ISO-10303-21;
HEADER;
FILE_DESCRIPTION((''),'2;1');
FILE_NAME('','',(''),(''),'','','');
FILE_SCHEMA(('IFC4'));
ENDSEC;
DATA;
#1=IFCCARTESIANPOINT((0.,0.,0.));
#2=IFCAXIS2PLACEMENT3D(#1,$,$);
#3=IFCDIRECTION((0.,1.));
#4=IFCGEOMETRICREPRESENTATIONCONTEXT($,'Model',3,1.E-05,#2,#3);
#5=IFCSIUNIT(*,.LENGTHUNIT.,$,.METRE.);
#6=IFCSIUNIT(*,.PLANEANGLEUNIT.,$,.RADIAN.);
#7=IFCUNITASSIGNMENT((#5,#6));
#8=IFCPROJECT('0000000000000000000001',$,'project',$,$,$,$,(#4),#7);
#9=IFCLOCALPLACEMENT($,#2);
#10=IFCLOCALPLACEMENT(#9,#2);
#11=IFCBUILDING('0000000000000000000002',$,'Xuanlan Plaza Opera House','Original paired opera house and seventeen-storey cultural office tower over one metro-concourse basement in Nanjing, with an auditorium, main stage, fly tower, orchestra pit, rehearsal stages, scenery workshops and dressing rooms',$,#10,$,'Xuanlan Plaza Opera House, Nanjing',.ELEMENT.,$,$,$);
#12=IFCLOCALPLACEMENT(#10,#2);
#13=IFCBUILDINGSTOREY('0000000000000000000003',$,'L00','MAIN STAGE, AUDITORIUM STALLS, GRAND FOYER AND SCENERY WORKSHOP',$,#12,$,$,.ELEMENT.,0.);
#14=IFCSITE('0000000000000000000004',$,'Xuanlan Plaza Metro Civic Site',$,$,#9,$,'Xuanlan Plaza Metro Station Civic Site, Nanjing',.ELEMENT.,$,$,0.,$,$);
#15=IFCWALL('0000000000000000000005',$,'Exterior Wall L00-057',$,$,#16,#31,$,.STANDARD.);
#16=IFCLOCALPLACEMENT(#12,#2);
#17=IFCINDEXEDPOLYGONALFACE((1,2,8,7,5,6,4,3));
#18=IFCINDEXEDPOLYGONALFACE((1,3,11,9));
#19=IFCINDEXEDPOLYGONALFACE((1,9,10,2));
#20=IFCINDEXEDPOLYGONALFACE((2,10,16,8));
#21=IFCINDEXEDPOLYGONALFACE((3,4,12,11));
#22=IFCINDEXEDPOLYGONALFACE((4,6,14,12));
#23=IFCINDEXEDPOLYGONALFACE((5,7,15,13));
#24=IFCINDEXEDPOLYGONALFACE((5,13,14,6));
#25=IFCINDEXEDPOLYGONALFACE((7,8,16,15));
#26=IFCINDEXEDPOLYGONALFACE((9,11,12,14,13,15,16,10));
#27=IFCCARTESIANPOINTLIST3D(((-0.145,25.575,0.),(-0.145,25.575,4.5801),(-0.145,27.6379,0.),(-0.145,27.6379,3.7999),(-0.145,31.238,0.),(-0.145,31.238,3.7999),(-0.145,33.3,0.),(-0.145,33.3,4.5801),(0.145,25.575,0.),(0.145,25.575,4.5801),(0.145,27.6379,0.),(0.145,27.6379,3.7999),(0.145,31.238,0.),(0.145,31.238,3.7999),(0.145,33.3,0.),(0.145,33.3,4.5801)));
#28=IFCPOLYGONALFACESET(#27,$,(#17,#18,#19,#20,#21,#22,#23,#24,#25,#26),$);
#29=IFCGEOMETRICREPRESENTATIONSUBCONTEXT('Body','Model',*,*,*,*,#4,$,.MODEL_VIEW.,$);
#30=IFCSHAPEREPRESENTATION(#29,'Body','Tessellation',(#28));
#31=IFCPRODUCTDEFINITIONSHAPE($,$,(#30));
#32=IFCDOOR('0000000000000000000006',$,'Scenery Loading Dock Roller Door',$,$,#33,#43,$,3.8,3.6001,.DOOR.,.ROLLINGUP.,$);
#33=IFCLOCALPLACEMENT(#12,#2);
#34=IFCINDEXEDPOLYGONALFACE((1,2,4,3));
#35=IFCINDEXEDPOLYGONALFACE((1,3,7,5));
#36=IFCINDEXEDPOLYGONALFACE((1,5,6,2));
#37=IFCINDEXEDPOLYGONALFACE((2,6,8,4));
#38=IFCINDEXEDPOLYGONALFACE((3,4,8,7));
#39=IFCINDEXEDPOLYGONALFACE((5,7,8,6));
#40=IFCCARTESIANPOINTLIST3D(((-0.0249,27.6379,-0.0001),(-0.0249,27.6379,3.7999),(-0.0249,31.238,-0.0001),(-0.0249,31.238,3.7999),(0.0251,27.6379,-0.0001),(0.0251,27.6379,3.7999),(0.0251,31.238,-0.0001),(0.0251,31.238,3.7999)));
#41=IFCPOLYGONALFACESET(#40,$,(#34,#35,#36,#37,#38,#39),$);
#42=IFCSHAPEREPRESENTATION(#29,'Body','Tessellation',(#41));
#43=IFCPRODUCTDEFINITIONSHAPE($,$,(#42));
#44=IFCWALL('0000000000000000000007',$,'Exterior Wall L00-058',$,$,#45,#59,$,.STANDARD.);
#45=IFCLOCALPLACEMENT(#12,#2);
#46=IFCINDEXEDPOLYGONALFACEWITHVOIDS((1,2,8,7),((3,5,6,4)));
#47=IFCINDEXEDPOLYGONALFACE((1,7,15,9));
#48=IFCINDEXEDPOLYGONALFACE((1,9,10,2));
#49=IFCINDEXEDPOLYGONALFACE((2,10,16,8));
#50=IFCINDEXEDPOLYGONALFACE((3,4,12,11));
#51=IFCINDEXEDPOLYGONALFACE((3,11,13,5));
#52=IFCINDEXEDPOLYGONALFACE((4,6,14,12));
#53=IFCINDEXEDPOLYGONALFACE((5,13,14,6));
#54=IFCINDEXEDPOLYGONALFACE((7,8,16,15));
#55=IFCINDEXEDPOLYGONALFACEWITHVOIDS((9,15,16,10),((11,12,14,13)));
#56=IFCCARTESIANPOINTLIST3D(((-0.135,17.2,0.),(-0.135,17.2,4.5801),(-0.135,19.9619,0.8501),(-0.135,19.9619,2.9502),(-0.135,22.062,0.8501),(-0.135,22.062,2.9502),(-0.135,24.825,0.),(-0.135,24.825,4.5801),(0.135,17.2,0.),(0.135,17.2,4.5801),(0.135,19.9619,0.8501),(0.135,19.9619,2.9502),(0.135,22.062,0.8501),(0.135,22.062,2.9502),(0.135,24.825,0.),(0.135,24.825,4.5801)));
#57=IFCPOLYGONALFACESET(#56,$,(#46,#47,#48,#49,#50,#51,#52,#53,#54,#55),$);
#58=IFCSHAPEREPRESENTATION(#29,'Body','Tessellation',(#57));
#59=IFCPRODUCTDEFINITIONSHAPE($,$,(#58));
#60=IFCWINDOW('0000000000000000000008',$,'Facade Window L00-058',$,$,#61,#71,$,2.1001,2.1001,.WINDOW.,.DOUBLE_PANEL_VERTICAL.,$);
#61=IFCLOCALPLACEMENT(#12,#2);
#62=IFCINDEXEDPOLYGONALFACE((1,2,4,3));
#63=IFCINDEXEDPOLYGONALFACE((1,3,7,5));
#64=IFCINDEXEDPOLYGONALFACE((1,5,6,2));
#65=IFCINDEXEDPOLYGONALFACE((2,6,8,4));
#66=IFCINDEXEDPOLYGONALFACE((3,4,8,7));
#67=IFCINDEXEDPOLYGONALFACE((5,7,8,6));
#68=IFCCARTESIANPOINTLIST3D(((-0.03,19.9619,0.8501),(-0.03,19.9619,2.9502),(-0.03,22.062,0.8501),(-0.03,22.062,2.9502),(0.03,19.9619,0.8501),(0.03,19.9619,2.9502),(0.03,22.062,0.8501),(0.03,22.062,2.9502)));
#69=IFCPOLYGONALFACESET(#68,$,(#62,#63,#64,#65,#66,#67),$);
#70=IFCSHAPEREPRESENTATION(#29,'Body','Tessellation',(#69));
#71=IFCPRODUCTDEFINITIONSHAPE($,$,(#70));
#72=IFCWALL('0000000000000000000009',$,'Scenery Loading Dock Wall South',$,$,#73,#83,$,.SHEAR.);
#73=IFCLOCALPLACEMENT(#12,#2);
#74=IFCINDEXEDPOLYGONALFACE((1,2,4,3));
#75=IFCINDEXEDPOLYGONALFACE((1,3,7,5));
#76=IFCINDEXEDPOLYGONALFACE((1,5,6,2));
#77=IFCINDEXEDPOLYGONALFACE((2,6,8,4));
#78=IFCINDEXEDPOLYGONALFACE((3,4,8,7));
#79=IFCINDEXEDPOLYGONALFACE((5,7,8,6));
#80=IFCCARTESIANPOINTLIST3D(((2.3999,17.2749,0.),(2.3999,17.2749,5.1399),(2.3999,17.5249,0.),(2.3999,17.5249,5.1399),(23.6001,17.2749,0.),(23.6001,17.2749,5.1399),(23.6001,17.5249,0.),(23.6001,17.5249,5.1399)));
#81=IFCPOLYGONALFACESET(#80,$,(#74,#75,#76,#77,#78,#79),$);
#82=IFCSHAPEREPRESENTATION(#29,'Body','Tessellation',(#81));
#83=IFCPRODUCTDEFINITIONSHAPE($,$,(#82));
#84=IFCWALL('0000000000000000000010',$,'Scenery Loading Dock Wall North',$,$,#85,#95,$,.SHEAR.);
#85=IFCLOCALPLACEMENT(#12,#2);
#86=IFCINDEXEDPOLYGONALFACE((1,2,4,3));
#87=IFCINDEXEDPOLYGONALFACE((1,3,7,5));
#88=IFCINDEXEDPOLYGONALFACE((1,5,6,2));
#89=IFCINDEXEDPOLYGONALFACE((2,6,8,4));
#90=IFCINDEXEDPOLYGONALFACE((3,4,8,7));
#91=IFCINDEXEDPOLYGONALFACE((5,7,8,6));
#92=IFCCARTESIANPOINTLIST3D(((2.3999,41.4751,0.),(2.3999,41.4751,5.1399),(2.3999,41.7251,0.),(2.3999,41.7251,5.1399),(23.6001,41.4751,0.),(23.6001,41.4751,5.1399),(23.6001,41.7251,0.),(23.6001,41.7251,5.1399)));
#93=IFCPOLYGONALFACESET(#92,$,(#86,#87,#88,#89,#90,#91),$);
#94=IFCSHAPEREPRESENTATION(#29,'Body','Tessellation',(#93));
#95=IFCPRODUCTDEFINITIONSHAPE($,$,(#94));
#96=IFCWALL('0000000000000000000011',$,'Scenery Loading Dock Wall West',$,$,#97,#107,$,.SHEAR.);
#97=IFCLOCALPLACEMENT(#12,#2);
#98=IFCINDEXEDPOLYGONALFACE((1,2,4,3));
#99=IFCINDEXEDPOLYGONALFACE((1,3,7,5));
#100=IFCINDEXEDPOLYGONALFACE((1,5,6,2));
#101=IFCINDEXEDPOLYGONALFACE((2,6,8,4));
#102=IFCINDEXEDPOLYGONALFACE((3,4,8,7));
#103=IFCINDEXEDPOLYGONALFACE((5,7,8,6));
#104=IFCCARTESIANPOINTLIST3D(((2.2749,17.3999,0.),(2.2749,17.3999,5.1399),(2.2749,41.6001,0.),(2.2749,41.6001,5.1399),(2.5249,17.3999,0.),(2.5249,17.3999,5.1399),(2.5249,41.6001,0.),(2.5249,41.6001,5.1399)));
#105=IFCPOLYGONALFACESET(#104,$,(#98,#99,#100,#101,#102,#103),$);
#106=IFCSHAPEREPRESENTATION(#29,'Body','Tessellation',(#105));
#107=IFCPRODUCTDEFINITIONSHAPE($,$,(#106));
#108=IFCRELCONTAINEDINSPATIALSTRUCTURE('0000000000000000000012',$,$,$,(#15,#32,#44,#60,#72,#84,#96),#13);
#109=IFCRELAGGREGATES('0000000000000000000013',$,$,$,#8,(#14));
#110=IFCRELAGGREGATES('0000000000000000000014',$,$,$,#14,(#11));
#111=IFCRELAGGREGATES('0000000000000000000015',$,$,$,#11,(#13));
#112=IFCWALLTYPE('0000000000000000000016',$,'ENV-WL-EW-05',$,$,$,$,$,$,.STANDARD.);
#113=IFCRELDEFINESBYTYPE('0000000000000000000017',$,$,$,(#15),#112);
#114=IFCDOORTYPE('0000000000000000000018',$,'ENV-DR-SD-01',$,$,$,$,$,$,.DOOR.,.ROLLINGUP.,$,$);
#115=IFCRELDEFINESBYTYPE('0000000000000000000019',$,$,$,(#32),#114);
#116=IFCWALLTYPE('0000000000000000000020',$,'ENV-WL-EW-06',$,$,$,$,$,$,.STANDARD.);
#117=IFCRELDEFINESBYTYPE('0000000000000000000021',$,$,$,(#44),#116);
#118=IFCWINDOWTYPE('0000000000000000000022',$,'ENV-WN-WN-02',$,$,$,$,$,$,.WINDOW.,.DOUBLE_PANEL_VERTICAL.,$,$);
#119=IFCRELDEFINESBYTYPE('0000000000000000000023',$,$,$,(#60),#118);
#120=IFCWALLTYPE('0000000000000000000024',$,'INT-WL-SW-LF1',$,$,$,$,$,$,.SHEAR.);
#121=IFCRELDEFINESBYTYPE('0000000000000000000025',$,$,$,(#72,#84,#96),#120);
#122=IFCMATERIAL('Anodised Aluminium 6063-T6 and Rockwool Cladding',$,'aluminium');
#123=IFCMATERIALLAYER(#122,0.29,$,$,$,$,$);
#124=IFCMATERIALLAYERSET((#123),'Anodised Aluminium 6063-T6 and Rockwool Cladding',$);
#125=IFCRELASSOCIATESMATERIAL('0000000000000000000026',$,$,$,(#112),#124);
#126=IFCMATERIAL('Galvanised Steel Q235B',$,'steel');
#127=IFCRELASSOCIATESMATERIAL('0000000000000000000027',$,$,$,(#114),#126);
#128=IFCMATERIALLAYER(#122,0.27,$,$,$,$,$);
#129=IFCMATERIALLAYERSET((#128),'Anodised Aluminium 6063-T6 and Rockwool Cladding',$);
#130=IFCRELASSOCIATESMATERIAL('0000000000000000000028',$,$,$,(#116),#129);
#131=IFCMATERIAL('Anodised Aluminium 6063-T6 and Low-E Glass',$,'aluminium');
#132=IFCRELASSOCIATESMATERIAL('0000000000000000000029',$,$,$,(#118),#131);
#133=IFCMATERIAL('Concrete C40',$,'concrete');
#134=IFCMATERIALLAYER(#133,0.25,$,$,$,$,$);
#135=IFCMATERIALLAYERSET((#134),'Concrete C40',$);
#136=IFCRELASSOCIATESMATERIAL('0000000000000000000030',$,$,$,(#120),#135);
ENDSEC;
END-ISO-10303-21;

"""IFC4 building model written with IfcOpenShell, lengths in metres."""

from ifc_helpers import new_model, si_unit, direction, frame, frame_2d, origin, place, context, subcontext, project, spatial, rectangle, extrude, material, layer, layer_set, type_object, element, fill, save


model = new_model("IFC4")

# Units and contexts
model_context = context("Model", 3, precision=1e-05, world=origin(), true_north=direction((0.0, 1.0)))
body_context = subcontext(model_context, "Body", "Model", "MODEL_VIEW")
ifc_project = project(units=[si_unit("LENGTHUNIT", "METRE"), si_unit("PLANEANGLEUNIT", "RADIAN")], contexts=[model_context])

# Site, building, storey
site_placement = place(None, origin())
site = spatial("IfcSite", under=ifc_project, at=site_placement, Name="Xuanlan Plaza Metro Civic Site", LongName="Xuanlan Plaza Metro Station Civic Site, Nanjing", CompositionType="ELEMENT", RefElevation=0.0)
building_placement = place(site_placement, origin())
building = spatial("IfcBuilding", under=site, at=building_placement, Name="Xuanlan Plaza Opera House", Description="Original paired opera house and seventeen-storey cultural office tower over one metro-concourse basement in Nanjing, with an auditorium, main stage, fly tower, orchestra pit, rehearsal stages, scenery workshops and dressing rooms", LongName="Xuanlan Plaza Opera House, Nanjing", CompositionType="ELEMENT")
storey_placement = place(building_placement, origin())
storey = spatial("IfcBuildingStorey", under=building, at=storey_placement, Name="L00", Description="MAIN STAGE, AUDITORIUM STALLS, GRAND FOYER AND SCENERY WORKSHOP", CompositionType="ELEMENT", Elevation=0.0)

# Shared definitions
ifc_material_1 = material(Name="Concrete C40", Category="concrete")

# Shared definitions
ifc_material_2 = material(Name="Anodised Aluminium 6063-T6 and Low-E Glass", Category="aluminium")

# Shared definitions
ifc_material_3 = material(Name="Anodised Aluminium 6063-T6 and Rockwool Cladding", Category="aluminium")

# Wall, opening, door
ifc_layer_1 = layer(ifc_material_3, 0.29)
ifc_layer_set_1 = layer_set([ifc_layer_1], Name="Anodised Aluminium 6063-T6 and Rockwool Cladding")
wall_type_1 = type_object("IfcWallType", Name="ENV-WL-EW-05", PredefinedType="STANDARD", material=ifc_layer_set_1)
wall_1_placement = place(storey_placement, frame((0.0, 33.3, 0.0), z_axis=(0.0, 0.0, 1.0), x_axis=(0.0, -1.0, 0.0)))
wall_1 = element("IfcWall", 1, at=wall_1_placement, inside=storey, type_object=wall_type_1, Name="Exterior Wall L00-057", PredefinedType="STANDARD", context=body_context, shape_type="SweptSolid", body=[
    extrude(rectangle(XDim=7.7251, YDim=0.29, at=frame_2d((3.8625, 0.0))), origin(), (0.0, 0.0, 1.0), 4.5801),
])
opening_1_placement = place(wall_1_placement, frame((2.062, 0.0, 0.0)))
opening_1 = element("IfcOpeningElement", 2, at=opening_1_placement, cuts=wall_1, PredefinedType="OPENING", context=body_context, shape_type="SweptSolid", body=[
    extrude(rectangle(XDim=3.6001, YDim=3.8, at=frame_2d((1.8, 1.8999))), frame((0.0, 0.155, 0.0), z_axis=(0.0, -1.0, 0.0), x_axis=(1.0, 0.0, 0.0)), (0.0, 0.0, 1.0), 0.3101),
])
ifc_material_4 = material(Name="Galvanised Steel Q235B", Category="steel")
door_type = type_object("IfcDoorType", Name="ENV-DR-SD-01", OperationType="ROLLINGUP", PredefinedType="DOOR", material=ifc_material_4)
door_placement = place(opening_1_placement, frame((3.6001, 0.0, 0.0), z_axis=(0.0, 0.0, 1.0), x_axis=(-1.0, 0.0, 0.0)))
door = element("IfcDoor", 3, at=door_placement, inside=storey, type_object=door_type, Name="Scenery Loading Dock Roller Door", OperationType="ROLLINGUP", OverallHeight=3.8, OverallWidth=3.6001, PredefinedType="DOOR", context=body_context, shape_type="SweptSolid", body=[
    extrude(rectangle(XDim=3.6001, YDim=3.8, at=frame_2d((1.8, 1.8999))), frame((0.0, 0.0249, 0.0), z_axis=(0.0, -1.0, 0.0), x_axis=(1.0, 0.0, 0.0)), (0.0, 0.0, 1.0), 0.05),
])
fill(opening_1, door)

# Wall, opening, window
ifc_layer_2 = layer(ifc_material_3, 0.27)
ifc_layer_set_2 = layer_set([ifc_layer_2], Name="Anodised Aluminium 6063-T6 and Rockwool Cladding")
wall_type_2 = type_object("IfcWallType", Name="ENV-WL-EW-06", PredefinedType="STANDARD", material=ifc_layer_set_2)
wall_2_placement = place(storey_placement, frame((0.0, 24.825, 0.0), z_axis=(0.0, 0.0, 1.0), x_axis=(0.0, -1.0, 0.0)))
wall_2 = element("IfcWall", 4, at=wall_2_placement, inside=storey, type_object=wall_type_2, Name="Exterior Wall L00-058", PredefinedType="STANDARD", context=body_context, shape_type="SweptSolid", body=[
    extrude(rectangle(XDim=7.625, YDim=0.27, at=frame_2d((3.8125, 0.0))), origin(), (0.0, 0.0, 1.0), 4.5801),
])
opening_2_placement = place(wall_2_placement, frame((2.7629, 0.0, 0.8501)))
opening_2 = element("IfcOpeningElement", 5, at=opening_2_placement, cuts=wall_2, PredefinedType="OPENING", context=body_context, shape_type="SweptSolid", body=[
    extrude(rectangle(XDim=2.1001, YDim=2.1001, at=frame_2d((1.05, 1.05))), frame((0.0, 0.145, 0.0), z_axis=(0.0, -1.0, 0.0), x_axis=(1.0, 0.0, 0.0)), (0.0, 0.0, 1.0), 0.29),
])
window_type_1 = type_object("IfcWindowType", Name="ENV-WN-WN-02", PartitioningType="DOUBLE_PANEL_VERTICAL", PredefinedType="WINDOW", material=ifc_material_2)
window_1_placement = place(opening_2_placement, origin())
window_1 = element("IfcWindow", 6, at=window_1_placement, inside=storey, type_object=window_type_1, Name="Facade Window L00-058", OverallHeight=2.1001, OverallWidth=2.1001, PartitioningType="DOUBLE_PANEL_VERTICAL", PredefinedType="WINDOW", context=body_context, shape_type="SweptSolid", body=[
    extrude(rectangle(XDim=2.1001, YDim=2.1001, at=frame_2d((1.05, 1.05))), frame((0.0, 0.03, 0.0), z_axis=(0.0, -1.0, 0.0), x_axis=(1.0, 0.0, 0.0)), (0.0, 0.0, 1.0), 0.0601),
])
fill(opening_2, window_1)

# Walls
ifc_layer_3 = layer(ifc_material_1, 0.25)
ifc_layer_set_3 = layer_set([ifc_layer_3], Name="Concrete C40")
wall_type_3 = type_object("IfcWallType", Name="INT-WL-SW-LF1", PredefinedType="SHEAR", material=ifc_layer_set_3)
for number, where, z_axis, x_axis, name in (
    (7, (2.3999, 17.3999, 0.0), (0.0, 0.0, 1.0), (1.0, 0.0, 0.0), "Scenery Loading Dock Wall South"),
    (8, (2.3999, 41.6001, 0.0), (0.0, 0.0, 1.0), (1.0, 0.0, 0.0), "Scenery Loading Dock Wall North"),
):
    element("IfcWall", number, at=place(storey_placement, frame(where, z_axis=z_axis, x_axis=x_axis)), inside=storey, type_object=wall_type_3, Name=name, PredefinedType="SHEAR", context=body_context, shape_type="SweptSolid", body=[
        extrude(rectangle(XDim=21.2002, YDim=0.25, at=frame_2d((10.6001, 0.0))), origin(), (0.0, 0.0, 1.0), 5.1399),
    ])
wall_3_placement = place(storey_placement, frame((2.3999, 17.3999, 0.0), z_axis=(0.0, 0.0, 1.0), x_axis=(0.0, 1.0, 0.0)))
element("IfcWall", 9, at=wall_3_placement, inside=storey, type_object=wall_type_3, Name="Scenery Loading Dock Wall West", PredefinedType="SHEAR", context=body_context, shape_type="SweptSolid", body=[
    extrude(rectangle(XDim=24.2002, YDim=0.25, at=frame_2d((12.1001, 0.0))), origin(), (0.0, 0.0, 1.0), 5.1399),
])

save(model, "model.ifc")
